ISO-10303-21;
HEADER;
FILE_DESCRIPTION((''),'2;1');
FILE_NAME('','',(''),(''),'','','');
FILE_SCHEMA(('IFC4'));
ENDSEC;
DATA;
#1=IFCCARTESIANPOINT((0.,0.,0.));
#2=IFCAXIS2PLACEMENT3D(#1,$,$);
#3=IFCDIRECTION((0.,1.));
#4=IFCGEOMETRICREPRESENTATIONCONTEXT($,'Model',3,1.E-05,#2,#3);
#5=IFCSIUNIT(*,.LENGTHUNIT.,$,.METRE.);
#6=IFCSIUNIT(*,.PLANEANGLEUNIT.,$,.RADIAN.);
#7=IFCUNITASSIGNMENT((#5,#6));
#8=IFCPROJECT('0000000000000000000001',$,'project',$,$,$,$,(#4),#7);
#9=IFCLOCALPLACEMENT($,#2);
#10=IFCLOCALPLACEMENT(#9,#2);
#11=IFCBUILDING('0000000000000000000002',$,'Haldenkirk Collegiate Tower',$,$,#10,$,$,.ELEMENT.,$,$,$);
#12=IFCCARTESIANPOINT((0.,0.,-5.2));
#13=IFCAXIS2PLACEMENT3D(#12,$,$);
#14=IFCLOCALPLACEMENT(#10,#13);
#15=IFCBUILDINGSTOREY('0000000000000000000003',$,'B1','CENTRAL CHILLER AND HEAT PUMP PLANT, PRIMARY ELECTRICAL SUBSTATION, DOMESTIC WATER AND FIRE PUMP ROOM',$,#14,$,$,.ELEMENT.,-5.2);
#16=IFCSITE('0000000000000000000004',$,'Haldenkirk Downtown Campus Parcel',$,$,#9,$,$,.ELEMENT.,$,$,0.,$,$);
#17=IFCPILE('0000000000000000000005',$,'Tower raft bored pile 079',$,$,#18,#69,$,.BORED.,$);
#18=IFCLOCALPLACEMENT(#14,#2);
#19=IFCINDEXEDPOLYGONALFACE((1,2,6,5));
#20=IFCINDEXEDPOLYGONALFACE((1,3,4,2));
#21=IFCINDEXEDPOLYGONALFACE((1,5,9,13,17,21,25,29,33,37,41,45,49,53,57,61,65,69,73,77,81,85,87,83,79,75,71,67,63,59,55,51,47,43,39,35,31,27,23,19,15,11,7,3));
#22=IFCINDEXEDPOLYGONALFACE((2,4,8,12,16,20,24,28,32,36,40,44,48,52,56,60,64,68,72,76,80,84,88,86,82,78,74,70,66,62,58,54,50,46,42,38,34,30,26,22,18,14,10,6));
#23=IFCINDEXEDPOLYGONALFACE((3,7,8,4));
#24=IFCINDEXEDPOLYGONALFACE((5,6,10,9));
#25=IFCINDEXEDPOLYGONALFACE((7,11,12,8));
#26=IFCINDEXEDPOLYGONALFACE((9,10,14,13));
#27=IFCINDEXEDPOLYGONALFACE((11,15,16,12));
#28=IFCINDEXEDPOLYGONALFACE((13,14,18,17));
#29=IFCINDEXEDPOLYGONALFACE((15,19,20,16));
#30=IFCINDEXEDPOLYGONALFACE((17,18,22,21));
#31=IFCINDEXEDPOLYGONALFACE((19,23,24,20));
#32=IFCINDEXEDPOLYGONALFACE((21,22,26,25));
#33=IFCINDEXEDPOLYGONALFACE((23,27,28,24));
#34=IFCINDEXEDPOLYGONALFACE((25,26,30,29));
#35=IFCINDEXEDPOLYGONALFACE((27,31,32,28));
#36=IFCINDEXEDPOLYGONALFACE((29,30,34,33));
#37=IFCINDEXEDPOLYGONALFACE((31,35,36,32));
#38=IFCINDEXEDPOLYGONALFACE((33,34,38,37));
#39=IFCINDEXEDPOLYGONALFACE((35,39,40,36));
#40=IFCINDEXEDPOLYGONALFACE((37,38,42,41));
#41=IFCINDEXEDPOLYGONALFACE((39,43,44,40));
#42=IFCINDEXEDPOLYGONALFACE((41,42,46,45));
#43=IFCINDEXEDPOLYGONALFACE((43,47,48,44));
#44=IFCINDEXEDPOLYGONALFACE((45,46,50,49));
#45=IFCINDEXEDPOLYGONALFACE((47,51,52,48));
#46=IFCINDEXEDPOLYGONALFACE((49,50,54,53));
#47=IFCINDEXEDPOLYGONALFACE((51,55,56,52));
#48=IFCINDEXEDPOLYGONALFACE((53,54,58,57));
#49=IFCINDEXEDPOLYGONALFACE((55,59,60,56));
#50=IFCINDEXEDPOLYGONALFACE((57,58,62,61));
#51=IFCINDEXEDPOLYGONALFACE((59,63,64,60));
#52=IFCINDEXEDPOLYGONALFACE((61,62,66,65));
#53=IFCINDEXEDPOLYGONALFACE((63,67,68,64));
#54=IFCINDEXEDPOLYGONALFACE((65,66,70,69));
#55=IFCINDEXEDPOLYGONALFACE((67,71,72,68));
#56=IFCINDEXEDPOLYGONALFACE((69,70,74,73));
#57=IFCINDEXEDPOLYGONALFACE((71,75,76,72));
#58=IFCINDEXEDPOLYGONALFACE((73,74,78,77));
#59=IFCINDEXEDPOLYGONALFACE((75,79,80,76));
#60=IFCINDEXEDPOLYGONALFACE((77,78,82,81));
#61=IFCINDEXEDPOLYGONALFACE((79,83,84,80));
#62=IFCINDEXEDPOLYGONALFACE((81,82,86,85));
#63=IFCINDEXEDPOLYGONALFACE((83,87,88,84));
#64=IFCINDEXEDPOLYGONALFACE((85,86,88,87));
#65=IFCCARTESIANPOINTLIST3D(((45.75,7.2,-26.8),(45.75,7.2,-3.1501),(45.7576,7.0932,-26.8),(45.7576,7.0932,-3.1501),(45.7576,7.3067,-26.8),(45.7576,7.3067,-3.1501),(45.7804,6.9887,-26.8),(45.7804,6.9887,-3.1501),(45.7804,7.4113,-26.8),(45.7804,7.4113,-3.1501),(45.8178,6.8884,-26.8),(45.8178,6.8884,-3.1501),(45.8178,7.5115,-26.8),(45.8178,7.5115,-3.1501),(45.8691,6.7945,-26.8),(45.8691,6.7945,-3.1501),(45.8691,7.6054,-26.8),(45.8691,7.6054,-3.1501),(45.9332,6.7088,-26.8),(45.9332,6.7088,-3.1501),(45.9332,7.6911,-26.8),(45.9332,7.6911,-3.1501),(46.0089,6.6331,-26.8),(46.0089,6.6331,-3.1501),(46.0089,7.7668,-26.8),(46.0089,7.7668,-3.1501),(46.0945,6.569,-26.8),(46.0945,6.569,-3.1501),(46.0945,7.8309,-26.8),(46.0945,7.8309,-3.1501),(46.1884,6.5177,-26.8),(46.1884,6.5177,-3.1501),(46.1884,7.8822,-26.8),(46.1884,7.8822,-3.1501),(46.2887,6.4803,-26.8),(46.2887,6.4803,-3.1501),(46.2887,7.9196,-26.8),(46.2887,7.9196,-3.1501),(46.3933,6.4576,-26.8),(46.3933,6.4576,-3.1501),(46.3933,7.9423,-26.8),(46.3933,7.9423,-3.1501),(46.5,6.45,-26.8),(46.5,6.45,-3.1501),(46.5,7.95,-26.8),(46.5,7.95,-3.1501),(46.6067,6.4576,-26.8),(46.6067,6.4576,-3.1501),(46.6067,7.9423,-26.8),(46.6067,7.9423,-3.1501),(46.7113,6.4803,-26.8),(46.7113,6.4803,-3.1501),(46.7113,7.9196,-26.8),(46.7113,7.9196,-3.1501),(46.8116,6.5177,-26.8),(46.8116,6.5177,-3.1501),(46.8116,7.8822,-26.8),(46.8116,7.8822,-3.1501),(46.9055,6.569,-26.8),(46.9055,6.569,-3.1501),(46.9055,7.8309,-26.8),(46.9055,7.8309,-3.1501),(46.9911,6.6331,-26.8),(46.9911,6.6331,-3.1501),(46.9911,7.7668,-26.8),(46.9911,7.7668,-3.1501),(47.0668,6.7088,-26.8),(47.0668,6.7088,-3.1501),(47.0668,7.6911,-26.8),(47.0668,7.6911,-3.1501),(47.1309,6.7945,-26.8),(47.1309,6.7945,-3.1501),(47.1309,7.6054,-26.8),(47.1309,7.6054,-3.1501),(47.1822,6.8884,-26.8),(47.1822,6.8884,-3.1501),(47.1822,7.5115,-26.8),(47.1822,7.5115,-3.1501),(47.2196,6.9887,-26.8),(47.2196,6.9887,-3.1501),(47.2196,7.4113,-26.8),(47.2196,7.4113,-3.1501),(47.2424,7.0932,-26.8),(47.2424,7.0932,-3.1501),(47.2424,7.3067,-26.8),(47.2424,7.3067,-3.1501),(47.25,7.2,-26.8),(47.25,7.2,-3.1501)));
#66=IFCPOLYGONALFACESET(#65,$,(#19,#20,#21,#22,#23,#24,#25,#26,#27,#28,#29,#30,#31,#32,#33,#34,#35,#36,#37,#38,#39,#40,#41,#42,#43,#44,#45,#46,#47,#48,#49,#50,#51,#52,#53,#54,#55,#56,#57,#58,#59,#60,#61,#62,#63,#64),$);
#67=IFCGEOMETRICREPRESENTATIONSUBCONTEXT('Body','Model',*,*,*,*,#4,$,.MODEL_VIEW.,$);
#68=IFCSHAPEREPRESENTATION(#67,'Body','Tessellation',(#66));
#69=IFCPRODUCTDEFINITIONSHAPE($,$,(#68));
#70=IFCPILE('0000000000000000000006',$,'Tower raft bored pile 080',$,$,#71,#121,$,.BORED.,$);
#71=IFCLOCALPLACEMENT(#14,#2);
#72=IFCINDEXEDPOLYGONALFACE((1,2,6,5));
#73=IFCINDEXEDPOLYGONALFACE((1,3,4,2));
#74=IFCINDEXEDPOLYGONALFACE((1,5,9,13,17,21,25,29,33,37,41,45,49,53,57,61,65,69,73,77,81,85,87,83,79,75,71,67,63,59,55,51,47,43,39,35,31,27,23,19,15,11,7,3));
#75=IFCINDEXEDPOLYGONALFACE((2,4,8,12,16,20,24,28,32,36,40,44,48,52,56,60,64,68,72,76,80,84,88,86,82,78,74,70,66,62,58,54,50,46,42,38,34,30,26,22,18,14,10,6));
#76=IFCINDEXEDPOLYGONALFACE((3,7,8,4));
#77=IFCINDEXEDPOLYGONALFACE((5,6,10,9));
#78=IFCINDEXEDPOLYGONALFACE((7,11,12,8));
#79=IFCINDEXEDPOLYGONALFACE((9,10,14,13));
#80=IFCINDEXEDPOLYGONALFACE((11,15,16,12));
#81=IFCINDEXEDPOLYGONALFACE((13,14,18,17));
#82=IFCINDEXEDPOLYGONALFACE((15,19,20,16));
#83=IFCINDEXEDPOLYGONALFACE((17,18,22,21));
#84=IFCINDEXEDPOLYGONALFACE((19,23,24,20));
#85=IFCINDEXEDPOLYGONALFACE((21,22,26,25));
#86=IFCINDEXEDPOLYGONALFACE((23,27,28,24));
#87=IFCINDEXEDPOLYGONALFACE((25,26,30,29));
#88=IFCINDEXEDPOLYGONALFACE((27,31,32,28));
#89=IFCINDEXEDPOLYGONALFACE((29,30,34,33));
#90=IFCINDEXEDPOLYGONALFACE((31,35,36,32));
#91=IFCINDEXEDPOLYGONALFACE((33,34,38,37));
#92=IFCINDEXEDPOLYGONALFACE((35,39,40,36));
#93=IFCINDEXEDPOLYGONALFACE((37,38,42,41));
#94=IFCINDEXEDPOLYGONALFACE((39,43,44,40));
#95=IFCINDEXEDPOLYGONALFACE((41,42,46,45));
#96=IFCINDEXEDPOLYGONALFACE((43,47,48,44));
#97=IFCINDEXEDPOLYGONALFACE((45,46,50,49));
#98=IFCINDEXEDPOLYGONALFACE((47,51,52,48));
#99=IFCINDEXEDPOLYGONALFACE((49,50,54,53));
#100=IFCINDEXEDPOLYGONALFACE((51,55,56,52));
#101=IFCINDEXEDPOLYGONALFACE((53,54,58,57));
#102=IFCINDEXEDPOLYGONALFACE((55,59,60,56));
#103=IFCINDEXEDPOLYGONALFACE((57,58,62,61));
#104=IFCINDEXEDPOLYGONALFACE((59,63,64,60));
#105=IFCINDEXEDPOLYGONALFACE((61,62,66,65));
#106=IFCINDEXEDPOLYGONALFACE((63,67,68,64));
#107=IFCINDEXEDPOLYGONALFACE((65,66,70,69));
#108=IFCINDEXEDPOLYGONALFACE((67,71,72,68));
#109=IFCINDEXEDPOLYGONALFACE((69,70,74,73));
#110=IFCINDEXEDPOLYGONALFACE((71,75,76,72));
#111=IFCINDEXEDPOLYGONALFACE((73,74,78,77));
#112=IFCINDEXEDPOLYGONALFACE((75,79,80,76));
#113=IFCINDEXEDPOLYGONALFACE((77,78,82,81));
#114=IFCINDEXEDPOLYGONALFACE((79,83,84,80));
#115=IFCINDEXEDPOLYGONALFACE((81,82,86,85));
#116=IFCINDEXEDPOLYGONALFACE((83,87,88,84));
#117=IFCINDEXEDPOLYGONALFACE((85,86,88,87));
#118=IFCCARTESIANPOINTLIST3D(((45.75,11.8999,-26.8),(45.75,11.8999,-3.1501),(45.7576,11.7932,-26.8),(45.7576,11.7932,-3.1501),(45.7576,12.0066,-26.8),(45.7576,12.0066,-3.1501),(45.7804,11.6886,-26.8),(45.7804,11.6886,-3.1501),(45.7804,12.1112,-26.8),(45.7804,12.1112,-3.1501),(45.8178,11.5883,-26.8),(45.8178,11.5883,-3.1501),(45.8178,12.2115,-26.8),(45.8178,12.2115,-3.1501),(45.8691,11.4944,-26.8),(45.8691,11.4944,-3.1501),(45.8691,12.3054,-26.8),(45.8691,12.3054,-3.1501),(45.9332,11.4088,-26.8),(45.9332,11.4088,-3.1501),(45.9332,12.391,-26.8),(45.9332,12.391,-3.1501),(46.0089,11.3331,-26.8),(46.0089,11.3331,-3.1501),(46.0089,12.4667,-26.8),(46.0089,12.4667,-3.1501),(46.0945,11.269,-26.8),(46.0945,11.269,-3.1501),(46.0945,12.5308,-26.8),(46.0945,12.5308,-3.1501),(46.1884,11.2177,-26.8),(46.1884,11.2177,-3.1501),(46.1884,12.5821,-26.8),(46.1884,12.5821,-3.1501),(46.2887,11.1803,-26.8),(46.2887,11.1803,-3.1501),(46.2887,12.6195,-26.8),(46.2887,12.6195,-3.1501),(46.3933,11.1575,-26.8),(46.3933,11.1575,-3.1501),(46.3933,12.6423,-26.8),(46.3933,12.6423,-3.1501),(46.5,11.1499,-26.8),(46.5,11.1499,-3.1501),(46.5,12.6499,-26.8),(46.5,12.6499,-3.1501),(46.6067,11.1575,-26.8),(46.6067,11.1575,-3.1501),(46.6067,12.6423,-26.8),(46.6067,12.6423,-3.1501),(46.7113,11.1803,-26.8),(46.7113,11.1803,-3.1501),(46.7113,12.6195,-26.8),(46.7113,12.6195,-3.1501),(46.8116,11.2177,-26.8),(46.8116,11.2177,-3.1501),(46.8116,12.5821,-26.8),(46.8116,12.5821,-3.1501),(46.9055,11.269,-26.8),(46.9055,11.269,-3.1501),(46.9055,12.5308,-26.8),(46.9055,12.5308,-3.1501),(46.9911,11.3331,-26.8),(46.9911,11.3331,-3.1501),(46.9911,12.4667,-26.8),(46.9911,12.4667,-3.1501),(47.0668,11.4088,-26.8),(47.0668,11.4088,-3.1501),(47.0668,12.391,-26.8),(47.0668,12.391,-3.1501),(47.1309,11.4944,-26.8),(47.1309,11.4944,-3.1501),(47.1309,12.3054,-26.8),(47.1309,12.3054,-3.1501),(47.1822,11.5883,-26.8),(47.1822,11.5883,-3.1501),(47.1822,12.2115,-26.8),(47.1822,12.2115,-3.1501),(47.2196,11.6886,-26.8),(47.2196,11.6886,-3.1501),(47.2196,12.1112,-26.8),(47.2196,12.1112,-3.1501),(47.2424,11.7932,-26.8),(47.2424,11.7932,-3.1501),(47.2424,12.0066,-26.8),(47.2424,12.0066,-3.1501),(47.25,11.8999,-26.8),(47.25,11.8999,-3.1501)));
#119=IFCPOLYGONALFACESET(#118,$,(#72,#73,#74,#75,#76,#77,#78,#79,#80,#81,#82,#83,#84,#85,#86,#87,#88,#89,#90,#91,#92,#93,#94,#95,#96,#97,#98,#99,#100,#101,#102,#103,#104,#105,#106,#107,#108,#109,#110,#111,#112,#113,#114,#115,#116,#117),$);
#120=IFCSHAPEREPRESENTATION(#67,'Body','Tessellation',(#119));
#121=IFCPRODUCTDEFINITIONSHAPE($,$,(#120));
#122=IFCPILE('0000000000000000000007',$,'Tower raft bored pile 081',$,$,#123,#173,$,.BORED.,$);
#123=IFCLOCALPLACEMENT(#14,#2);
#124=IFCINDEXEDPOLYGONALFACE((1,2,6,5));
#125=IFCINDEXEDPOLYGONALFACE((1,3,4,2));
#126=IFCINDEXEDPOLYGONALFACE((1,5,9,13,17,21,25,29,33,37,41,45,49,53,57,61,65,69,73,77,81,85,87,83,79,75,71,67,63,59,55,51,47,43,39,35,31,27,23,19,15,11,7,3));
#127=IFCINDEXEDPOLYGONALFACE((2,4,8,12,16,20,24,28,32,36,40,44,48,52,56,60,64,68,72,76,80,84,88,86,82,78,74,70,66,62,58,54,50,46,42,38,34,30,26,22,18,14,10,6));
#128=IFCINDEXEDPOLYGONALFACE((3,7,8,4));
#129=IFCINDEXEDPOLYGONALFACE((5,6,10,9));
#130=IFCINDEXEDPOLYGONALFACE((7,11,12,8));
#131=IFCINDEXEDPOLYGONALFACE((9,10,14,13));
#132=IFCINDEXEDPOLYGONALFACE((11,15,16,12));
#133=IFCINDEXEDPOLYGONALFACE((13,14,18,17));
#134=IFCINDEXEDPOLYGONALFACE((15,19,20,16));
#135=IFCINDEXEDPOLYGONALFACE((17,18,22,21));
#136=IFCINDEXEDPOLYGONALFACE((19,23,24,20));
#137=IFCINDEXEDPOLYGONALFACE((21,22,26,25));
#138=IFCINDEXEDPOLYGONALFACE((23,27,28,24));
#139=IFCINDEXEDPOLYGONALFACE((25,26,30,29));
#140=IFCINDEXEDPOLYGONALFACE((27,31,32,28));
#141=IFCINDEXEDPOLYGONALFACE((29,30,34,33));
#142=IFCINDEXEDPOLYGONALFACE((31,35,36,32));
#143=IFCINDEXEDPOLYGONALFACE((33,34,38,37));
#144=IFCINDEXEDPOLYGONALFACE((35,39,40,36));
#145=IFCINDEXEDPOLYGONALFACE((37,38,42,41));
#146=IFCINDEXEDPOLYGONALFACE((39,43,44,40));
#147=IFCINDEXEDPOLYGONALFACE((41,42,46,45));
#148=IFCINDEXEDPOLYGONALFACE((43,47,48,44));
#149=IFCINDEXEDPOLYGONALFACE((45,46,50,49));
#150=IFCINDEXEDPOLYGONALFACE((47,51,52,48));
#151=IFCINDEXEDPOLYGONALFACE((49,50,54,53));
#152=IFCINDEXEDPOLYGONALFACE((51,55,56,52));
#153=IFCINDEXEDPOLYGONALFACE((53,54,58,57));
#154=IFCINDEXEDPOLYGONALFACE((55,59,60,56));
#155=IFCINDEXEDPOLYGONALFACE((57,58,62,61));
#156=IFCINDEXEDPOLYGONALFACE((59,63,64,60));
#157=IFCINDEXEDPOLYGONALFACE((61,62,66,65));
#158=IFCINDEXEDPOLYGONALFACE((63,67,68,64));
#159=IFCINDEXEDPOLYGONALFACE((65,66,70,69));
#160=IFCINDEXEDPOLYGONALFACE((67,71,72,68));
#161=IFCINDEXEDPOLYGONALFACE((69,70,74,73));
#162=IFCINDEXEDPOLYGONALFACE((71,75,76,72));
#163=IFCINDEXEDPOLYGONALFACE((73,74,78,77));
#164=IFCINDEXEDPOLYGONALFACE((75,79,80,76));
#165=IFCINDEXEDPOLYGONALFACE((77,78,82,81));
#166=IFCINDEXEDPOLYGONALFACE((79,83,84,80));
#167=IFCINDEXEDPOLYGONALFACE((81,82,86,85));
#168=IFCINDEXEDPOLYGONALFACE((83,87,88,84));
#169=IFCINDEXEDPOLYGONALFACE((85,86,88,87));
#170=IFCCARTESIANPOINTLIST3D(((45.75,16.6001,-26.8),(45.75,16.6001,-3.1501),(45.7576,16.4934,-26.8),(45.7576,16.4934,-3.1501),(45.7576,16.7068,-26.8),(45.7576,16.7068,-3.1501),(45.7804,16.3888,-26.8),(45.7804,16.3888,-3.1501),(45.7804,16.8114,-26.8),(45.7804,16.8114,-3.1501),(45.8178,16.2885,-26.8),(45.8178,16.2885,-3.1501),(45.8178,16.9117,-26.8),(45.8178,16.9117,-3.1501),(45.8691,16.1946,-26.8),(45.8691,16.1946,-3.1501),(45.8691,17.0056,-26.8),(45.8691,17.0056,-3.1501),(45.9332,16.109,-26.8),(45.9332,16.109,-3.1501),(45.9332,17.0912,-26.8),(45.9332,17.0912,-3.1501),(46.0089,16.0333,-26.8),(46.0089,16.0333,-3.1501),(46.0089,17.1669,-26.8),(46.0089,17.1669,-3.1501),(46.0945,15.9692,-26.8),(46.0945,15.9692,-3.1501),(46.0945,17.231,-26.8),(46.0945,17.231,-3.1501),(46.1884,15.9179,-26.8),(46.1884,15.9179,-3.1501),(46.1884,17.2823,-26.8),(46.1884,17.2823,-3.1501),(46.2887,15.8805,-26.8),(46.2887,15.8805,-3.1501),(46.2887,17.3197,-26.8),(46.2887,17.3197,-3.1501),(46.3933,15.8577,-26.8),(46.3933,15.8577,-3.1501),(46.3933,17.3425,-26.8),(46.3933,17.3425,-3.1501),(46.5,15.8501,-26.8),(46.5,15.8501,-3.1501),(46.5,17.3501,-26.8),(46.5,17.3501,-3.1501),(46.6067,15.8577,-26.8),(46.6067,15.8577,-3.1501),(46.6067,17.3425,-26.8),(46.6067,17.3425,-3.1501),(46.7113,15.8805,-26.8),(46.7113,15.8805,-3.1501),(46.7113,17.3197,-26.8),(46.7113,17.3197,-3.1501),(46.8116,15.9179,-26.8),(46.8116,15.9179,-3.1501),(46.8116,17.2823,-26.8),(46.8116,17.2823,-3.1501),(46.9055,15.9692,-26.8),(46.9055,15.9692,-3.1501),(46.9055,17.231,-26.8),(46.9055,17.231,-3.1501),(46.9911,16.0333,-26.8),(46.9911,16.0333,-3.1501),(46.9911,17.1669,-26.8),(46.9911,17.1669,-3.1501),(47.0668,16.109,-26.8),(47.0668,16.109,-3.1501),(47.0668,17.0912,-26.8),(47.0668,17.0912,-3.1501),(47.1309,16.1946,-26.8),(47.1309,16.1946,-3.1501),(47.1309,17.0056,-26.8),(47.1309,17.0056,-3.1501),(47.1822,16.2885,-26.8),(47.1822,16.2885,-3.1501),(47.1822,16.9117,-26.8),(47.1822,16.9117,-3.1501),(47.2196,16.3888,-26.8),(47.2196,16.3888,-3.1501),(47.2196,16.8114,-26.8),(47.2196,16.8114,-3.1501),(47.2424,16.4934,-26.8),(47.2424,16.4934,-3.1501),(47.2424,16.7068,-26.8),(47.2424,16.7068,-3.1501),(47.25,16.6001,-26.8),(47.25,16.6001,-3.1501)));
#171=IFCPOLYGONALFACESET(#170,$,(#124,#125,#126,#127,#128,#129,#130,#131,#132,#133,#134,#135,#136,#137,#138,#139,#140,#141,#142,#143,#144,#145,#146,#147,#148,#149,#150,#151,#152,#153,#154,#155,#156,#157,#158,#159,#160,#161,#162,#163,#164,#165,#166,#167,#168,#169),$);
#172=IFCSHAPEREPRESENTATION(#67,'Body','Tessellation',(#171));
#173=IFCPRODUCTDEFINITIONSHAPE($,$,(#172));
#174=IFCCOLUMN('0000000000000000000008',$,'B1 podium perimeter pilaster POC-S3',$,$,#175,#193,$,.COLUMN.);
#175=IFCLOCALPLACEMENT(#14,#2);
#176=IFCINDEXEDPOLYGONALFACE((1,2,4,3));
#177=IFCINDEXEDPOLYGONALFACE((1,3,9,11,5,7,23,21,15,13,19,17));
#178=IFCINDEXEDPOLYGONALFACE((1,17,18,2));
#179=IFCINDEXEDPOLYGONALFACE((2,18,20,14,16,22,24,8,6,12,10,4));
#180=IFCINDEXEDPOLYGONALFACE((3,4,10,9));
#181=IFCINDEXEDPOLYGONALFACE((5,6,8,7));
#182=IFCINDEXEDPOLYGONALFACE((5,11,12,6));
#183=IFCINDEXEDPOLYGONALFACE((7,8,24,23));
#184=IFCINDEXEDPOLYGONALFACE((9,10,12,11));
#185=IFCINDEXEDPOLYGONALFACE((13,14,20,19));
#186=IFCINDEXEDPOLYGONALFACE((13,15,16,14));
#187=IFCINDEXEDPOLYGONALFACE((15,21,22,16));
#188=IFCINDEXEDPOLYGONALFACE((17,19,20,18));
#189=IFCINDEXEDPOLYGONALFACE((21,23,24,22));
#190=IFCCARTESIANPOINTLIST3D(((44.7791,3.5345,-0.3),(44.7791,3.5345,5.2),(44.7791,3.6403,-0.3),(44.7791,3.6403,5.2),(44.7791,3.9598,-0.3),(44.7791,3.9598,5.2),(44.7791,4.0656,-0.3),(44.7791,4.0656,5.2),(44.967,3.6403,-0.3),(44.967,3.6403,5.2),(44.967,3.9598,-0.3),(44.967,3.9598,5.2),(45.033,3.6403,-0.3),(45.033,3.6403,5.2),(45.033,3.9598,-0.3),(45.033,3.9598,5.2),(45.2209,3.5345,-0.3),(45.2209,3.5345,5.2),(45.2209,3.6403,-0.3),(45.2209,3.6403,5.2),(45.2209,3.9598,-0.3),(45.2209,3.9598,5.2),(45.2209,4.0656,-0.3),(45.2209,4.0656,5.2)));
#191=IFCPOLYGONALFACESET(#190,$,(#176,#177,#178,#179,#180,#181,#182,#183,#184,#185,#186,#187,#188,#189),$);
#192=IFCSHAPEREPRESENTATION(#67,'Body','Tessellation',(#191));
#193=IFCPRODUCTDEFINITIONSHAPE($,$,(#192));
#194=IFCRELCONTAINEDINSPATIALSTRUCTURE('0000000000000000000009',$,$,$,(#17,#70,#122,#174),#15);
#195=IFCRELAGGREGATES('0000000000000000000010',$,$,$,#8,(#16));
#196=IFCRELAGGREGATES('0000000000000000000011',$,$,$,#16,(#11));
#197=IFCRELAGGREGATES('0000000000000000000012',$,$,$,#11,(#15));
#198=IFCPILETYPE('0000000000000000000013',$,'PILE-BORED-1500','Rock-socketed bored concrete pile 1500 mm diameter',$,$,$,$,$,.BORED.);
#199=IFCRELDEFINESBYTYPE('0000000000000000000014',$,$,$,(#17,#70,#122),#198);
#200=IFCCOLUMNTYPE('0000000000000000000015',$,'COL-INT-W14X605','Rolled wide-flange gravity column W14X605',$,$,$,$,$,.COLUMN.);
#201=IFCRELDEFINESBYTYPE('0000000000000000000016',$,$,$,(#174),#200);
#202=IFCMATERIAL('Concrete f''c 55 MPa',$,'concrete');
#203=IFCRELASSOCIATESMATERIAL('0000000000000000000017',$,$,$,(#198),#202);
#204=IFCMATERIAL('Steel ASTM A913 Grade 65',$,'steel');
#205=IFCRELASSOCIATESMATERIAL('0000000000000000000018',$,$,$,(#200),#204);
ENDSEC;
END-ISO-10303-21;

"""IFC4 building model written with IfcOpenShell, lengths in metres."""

from ifc_helpers import new_model, si_unit, direction, frame, origin, origin_2d, place, context, subcontext, project, spatial, circle, i_section, extrude, material, material_profile, profile_set, type_object, element, save


model = new_model("IFC4")

# Units and contexts
model_context = context("Model", 3, precision=1e-05, world=origin(), true_north=direction((0.0, 1.0)))
body_context = subcontext(model_context, "Body", "Model", "MODEL_VIEW")
ifc_project = project(units=[si_unit("LENGTHUNIT", "METRE"), si_unit("PLANEANGLEUNIT", "RADIAN")], contexts=[model_context])

# Site, building, storey
site_placement = place(None, origin())
site = spatial("IfcSite", under=ifc_project, at=site_placement, Name="Haldenkirk Downtown Campus Parcel", CompositionType="ELEMENT", RefElevation=0.0)
building_placement = place(site_placement, origin())
building = spatial("IfcBuilding", under=site, at=building_placement, Name="Haldenkirk Collegiate Tower", CompositionType="ELEMENT")
storey_placement = place(building_placement, frame((0.0, 0.0, -5.2)))
storey = spatial("IfcBuildingStorey", under=building, at=storey_placement, Name="B1", Description="CENTRAL CHILLER AND HEAT PUMP PLANT, PRIMARY ELECTRICAL SUBSTATION, DOMESTIC WATER AND FIRE PUMP ROOM", CompositionType="ELEMENT", Elevation=-5.2)

# Piles
ifc_material_1 = material(Name="Concrete f'c 55 MPa", Category="concrete")
ifc_material_profile_1 = material_profile(ifc_material_1, circle(Radius=0.75, at=origin_2d()), Name="PILE1500")
ifc_profile_set_1 = profile_set([ifc_material_profile_1], Name="Concrete f'c 55 MPa")
pile_type = type_object("IfcPileType", Name="PILE-BORED-1500", Description="Rock-socketed bored concrete pile 1500 mm diameter", PredefinedType="BORED", material=ifc_profile_set_1)
for number, where, z_axis, x_axis, name in (
    (1, (46.5, 7.2, -3.1501), (0.0, 0.0, -1.0), (1.0, 0.0, 0.0), "Tower raft bored pile 079"),
    (2, (46.5, 11.8999, -3.1501), (0.0, 0.0, -1.0), (1.0, 0.0, 0.0), "Tower raft bored pile 080"),
    (3, (46.5, 16.6001, -3.1501), (0.0, 0.0, -1.0), (1.0, 0.0, 0.0), "Tower raft bored pile 081"),
):
    element("IfcPile", number, at=place(storey_placement, frame(where, z_axis=z_axis, x_axis=x_axis)), inside=storey, type_object=pile_type, Name=name, PredefinedType="BORED", context=body_context, shape_type="SweptSolid", body=[
        extrude(circle(Radius=0.75, at=origin_2d()), origin(), (0.0, 0.0, 1.0), 23.6499),
    ])

# Column
ifc_material_2 = material(Name="Steel ASTM A913 Grade 65", Category="steel")
ifc_material_profile_2 = material_profile(ifc_material_2, i_section(OverallWidth=0.4419, OverallDepth=0.531, WebThickness=0.0659, FlangeThickness=0.1057, at=origin_2d()), Name="W14X605")
ifc_profile_set_2 = profile_set([ifc_material_profile_2], Name="Steel ASTM A913 Grade 65")
column_type_1 = type_object("IfcColumnType", Name="COL-INT-W14X605", Description="Rolled wide-flange gravity column W14X605", PredefinedType="COLUMN", material=ifc_profile_set_2)
column_1_placement = place(storey_placement, frame((45.0, 3.8, -0.3), z_axis=(0.0, 0.0, 1.0), x_axis=(1.0, 0.0, 0.0)))
element("IfcColumn", 4, at=column_1_placement, inside=storey, type_object=column_type_1, Name="B1 podium perimeter pilaster POC-S3", PredefinedType="COLUMN", context=body_context, shape_type="SweptSolid", body=[
    extrude(i_section(OverallWidth=0.4419, OverallDepth=0.531, WebThickness=0.0659, FlangeThickness=0.1057, at=origin_2d()), origin(), (0.0, 0.0, 1.0), 5.5),
])

save(model, "model.ifc")
